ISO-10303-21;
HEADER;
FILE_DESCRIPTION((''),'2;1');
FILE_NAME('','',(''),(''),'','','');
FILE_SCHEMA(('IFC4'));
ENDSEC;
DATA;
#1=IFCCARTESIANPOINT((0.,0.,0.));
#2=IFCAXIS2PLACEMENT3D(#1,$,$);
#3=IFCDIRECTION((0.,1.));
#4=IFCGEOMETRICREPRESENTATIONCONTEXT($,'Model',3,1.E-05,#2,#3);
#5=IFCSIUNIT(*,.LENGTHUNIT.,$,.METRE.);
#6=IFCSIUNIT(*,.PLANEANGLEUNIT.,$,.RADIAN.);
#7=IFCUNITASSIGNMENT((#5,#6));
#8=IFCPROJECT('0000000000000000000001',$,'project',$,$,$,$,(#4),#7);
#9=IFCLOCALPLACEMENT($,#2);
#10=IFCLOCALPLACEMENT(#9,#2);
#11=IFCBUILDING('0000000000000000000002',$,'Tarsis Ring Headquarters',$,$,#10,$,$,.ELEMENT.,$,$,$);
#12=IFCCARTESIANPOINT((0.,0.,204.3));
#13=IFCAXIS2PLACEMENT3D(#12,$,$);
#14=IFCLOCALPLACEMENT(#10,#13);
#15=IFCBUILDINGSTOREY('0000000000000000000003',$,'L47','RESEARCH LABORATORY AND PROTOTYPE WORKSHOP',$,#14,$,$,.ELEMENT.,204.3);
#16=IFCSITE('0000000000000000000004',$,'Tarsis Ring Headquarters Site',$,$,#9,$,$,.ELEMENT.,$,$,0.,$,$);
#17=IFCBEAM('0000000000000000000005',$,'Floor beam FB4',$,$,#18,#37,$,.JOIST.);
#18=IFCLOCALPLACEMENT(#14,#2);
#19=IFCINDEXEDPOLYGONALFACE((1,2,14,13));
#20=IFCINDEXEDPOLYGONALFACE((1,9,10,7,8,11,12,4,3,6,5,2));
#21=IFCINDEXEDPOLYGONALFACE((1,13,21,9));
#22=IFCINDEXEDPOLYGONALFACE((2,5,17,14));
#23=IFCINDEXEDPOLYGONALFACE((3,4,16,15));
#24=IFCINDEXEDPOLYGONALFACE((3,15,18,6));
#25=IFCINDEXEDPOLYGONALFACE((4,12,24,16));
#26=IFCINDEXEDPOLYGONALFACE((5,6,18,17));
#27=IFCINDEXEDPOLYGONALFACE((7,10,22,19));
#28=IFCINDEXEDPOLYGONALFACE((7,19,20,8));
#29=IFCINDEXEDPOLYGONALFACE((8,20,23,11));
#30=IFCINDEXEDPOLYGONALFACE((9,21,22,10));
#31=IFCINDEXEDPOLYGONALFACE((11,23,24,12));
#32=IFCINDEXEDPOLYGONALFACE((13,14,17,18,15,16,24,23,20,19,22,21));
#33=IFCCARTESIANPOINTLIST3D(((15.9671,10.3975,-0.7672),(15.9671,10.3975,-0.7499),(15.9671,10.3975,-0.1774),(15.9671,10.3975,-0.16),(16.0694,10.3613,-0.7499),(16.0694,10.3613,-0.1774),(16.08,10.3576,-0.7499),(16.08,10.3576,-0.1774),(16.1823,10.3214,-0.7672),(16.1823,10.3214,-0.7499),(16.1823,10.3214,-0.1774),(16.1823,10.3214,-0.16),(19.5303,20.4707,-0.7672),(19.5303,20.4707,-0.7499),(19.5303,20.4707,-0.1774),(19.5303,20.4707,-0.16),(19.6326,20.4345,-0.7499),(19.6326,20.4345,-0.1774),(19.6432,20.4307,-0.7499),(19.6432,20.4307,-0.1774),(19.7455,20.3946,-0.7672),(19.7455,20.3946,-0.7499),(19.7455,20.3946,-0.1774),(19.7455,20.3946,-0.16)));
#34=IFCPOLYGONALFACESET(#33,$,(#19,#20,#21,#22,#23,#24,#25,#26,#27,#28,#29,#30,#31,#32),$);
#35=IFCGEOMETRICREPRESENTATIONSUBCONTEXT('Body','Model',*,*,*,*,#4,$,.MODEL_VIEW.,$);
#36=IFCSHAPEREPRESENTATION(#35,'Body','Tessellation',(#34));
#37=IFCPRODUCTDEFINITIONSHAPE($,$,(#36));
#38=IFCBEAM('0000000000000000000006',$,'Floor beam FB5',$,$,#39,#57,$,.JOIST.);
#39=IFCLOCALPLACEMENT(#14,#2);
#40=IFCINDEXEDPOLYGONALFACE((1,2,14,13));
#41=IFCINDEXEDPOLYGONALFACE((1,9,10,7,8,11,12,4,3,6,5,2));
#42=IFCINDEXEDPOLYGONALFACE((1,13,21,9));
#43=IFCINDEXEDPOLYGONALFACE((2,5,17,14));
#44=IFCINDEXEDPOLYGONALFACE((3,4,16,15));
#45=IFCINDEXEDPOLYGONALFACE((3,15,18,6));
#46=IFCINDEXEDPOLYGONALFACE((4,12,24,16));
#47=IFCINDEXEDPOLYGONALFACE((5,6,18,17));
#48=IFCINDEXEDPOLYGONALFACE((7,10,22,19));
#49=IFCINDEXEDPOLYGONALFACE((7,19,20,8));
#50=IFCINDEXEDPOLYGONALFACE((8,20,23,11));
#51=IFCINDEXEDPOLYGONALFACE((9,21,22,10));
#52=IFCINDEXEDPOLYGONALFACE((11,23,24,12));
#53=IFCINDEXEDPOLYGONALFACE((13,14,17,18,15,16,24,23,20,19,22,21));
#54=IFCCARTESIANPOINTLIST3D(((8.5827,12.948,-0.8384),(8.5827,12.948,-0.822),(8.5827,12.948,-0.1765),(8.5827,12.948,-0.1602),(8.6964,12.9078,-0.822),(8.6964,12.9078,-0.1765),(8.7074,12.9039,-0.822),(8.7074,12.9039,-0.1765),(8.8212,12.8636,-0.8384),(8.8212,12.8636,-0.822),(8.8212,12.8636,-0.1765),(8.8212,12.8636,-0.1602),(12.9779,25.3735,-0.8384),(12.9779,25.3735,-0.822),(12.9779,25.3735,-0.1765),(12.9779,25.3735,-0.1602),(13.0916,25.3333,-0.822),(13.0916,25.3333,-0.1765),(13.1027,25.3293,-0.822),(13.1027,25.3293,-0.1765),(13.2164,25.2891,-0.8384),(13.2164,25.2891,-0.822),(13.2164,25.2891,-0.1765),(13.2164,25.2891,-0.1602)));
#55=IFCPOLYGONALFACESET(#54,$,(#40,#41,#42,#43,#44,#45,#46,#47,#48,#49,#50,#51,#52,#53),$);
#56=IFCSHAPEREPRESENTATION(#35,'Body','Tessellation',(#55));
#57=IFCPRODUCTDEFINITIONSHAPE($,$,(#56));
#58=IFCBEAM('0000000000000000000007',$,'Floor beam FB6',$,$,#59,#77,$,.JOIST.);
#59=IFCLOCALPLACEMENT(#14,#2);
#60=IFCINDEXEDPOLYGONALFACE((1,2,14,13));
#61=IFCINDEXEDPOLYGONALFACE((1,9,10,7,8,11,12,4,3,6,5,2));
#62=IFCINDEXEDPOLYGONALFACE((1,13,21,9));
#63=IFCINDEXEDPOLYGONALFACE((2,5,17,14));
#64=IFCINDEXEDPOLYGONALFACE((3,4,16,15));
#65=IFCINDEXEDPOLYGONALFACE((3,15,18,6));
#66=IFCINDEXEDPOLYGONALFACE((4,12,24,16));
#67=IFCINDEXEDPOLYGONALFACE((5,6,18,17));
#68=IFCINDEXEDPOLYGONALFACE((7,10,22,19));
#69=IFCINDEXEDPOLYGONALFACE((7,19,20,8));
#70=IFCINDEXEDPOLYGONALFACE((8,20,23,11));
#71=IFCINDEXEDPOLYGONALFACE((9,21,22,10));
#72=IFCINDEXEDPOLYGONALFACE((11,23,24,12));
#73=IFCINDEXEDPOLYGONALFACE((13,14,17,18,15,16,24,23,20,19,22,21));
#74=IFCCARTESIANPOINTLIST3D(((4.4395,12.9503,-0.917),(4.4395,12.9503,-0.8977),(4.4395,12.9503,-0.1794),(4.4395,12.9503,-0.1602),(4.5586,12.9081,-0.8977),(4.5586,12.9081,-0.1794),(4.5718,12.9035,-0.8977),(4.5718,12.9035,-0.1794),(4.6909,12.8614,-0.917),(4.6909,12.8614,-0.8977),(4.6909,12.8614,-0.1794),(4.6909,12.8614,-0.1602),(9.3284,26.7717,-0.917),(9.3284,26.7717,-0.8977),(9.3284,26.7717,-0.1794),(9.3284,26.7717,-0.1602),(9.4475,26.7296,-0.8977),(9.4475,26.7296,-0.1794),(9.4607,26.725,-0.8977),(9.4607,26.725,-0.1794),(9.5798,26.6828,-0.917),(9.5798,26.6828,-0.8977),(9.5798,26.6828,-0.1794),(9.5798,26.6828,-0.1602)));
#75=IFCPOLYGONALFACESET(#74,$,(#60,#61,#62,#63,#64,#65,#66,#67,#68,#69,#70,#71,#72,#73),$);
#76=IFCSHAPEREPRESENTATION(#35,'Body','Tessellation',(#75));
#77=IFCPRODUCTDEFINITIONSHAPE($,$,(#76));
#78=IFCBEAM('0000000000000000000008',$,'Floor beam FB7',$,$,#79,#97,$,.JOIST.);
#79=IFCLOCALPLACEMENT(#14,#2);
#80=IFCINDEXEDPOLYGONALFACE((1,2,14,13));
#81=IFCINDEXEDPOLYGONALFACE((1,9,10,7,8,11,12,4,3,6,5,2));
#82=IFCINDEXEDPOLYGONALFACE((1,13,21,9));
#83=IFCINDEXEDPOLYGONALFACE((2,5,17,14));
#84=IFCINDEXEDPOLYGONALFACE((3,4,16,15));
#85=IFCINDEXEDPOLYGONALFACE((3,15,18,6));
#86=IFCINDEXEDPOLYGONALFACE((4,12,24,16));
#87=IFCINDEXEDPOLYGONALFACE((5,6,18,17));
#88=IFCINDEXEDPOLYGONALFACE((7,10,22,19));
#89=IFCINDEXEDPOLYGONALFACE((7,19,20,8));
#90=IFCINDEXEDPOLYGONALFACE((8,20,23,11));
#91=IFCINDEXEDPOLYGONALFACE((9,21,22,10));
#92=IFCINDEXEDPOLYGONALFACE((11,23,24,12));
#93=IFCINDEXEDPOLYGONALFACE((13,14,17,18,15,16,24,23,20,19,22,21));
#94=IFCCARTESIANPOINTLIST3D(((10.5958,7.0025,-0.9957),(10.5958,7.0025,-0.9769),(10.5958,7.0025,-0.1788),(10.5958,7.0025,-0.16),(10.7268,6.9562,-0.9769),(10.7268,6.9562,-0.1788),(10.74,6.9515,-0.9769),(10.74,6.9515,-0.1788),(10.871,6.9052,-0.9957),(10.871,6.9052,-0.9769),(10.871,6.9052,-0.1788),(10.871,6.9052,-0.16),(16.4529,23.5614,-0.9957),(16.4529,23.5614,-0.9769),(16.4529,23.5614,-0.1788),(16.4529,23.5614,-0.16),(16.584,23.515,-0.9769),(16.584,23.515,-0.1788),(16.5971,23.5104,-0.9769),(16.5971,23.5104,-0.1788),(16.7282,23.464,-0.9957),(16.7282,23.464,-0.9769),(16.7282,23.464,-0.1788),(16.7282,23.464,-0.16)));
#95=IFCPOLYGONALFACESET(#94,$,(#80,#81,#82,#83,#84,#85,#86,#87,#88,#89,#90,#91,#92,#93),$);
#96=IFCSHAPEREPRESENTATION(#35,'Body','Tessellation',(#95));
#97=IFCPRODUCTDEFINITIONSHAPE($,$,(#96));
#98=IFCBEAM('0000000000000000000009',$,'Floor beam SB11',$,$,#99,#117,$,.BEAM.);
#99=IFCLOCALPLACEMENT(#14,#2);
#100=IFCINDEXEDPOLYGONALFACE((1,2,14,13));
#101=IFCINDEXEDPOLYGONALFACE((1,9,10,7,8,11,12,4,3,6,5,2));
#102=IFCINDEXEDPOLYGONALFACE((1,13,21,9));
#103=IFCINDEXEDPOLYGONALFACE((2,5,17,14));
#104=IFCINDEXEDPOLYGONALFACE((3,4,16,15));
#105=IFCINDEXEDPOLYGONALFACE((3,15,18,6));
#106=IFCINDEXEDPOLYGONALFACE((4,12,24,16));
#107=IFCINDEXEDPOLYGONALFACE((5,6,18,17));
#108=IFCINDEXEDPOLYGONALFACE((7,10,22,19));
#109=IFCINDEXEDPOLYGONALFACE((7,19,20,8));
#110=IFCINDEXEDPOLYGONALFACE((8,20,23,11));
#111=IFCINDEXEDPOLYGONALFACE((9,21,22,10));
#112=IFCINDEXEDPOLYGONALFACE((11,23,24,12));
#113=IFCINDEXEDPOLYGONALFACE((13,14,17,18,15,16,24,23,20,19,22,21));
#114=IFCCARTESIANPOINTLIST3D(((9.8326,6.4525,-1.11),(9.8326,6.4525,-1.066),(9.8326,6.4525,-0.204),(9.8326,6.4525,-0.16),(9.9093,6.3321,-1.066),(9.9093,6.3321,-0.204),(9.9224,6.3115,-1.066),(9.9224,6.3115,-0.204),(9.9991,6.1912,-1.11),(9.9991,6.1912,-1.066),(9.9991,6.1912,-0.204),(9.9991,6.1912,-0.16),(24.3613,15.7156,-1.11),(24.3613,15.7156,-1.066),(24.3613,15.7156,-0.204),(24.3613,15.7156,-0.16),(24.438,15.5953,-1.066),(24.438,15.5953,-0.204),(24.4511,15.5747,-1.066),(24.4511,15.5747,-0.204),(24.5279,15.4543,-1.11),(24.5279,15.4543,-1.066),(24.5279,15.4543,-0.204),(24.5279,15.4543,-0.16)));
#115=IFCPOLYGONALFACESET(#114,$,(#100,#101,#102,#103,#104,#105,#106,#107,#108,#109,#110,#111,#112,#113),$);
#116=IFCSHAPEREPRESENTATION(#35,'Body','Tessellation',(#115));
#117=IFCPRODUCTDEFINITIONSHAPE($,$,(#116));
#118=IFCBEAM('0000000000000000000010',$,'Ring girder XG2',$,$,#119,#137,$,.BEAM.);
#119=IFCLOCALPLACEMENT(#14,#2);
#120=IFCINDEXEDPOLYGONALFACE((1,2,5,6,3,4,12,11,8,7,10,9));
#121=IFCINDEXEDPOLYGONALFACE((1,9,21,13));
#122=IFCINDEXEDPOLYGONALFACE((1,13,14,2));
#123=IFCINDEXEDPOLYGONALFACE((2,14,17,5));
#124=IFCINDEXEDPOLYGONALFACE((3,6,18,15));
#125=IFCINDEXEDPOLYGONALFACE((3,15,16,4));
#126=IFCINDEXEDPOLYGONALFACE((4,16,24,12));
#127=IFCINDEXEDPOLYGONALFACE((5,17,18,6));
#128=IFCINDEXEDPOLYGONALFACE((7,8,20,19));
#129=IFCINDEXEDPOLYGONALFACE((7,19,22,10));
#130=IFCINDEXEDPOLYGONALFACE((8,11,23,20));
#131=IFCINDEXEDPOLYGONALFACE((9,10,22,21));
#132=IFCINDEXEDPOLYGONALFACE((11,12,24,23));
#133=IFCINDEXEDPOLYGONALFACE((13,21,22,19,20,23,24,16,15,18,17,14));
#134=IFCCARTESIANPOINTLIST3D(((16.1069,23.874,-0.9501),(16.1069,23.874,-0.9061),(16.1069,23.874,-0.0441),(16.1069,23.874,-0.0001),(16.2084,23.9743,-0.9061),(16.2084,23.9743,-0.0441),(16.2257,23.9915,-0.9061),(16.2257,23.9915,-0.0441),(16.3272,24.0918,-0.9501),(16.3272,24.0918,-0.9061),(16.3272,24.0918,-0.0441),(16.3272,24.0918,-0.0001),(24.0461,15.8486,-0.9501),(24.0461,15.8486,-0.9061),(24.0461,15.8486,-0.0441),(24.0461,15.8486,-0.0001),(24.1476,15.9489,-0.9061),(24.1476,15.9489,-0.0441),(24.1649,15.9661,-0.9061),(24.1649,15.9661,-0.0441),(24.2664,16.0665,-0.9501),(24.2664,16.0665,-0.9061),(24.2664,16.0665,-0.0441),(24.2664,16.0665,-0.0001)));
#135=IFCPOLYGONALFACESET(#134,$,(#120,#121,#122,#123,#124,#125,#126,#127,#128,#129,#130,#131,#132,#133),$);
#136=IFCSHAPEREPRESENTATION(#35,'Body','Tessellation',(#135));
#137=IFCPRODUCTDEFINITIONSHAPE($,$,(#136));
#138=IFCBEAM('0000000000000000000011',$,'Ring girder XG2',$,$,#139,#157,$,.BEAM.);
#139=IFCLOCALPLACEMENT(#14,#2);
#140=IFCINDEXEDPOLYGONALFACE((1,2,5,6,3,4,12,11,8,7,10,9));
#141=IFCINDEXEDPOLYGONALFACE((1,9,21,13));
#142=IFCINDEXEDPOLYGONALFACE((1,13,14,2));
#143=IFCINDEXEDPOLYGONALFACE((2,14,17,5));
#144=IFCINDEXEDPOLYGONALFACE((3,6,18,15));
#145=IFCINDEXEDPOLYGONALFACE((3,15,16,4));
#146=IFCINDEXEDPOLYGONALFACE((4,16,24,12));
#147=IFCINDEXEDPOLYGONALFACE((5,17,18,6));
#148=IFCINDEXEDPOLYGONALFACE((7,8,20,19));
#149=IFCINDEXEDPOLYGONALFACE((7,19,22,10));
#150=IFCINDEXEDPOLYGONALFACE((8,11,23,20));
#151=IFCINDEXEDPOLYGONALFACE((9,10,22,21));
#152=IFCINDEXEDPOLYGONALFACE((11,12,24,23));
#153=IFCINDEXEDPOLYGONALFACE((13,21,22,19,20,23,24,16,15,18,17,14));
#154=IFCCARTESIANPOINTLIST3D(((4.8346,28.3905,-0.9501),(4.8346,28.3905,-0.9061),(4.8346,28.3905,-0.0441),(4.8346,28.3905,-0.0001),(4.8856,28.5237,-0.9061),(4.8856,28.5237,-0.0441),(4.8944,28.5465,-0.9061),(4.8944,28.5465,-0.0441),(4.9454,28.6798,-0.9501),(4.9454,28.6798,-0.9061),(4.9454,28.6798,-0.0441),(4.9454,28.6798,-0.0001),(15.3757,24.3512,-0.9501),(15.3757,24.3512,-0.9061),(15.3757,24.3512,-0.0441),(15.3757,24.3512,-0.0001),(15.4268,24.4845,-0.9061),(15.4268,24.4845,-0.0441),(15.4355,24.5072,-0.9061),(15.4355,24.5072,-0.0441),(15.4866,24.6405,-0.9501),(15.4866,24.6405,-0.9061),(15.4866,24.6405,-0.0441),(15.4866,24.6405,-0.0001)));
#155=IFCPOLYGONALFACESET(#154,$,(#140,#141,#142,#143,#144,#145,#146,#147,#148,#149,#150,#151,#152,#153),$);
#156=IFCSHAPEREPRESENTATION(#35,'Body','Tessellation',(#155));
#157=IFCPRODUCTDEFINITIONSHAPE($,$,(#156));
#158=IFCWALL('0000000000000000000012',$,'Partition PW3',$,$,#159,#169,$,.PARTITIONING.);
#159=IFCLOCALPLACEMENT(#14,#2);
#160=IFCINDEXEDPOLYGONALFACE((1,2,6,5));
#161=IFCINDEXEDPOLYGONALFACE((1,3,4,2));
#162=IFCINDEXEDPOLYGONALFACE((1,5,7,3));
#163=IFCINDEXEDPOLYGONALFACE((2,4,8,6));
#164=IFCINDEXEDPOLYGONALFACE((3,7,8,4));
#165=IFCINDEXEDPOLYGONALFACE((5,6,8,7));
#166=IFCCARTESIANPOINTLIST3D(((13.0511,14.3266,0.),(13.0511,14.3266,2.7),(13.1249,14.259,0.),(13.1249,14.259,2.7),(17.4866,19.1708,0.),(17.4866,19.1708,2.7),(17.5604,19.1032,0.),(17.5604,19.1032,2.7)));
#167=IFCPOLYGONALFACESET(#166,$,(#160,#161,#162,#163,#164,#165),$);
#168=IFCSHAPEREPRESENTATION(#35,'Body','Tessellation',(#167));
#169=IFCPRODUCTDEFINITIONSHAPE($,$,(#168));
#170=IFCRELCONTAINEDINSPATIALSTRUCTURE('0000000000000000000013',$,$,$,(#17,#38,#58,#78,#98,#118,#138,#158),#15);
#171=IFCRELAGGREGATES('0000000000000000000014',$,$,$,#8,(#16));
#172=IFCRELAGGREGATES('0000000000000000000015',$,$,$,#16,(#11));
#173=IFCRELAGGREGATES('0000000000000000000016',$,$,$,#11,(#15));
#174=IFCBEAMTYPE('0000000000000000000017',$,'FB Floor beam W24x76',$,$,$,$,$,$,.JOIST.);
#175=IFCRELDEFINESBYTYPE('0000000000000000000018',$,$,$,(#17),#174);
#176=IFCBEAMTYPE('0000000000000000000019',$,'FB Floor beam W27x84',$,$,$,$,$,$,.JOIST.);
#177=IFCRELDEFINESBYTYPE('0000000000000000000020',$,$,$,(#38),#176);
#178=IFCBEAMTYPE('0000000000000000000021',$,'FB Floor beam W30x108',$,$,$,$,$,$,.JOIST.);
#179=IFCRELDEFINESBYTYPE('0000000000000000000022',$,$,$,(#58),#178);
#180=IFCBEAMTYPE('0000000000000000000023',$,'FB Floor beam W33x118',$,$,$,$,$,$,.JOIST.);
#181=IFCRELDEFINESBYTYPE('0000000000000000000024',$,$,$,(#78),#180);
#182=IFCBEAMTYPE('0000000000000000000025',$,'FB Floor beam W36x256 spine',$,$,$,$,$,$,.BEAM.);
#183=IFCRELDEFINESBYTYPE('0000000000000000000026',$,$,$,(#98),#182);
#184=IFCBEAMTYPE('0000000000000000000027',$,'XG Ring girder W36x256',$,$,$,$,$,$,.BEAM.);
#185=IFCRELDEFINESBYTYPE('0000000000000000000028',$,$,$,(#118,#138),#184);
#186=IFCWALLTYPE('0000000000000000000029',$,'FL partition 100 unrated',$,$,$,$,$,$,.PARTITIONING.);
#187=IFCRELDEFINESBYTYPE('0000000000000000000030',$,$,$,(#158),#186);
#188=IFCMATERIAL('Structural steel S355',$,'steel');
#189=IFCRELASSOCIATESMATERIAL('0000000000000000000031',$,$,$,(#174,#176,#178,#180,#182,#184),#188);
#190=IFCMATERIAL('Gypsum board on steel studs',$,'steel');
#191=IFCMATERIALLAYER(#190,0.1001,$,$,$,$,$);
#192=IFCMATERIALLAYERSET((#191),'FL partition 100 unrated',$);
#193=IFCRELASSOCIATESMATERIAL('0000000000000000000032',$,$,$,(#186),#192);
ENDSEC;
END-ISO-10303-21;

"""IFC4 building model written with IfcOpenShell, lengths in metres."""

from ifc_helpers import new_model, si_unit, direction, frame, frame_2d, origin, origin_2d, place, context, subcontext, project, spatial, rectangle, i_section, extrude, material, layer, layer_set, material_profile, profile_set, type_object, element, save


model = new_model("IFC4")

# Units and contexts
model_context = context("Model", 3, precision=1e-05, world=origin(), true_north=direction((0.0, 1.0)))
body_context = subcontext(model_context, "Body", "Model", "MODEL_VIEW")
ifc_project = project(units=[si_unit("LENGTHUNIT", "METRE"), si_unit("PLANEANGLEUNIT", "RADIAN")], contexts=[model_context])

# Site, building, storey
site_placement = place(None, origin())
site = spatial("IfcSite", under=ifc_project, at=site_placement, Name="Tarsis Ring Headquarters Site", CompositionType="ELEMENT", RefElevation=0.0)
building_placement = place(site_placement, origin())
building = spatial("IfcBuilding", under=site, at=building_placement, Name="Tarsis Ring Headquarters", CompositionType="ELEMENT")
storey_placement = place(building_placement, frame((0.0, 0.0, 204.3)))
storey = spatial("IfcBuildingStorey", under=building, at=storey_placement, Name="L47", Description="RESEARCH LABORATORY AND PROTOTYPE WORKSHOP", CompositionType="ELEMENT", Elevation=204.3)

# Shared definitions
ifc_material_1 = material(Name="Structural steel S355", Category="steel")

# Beams
ifc_material_profile_1 = material_profile(ifc_material_1, i_section(OverallWidth=0.2283, OverallDepth=0.6072, WebThickness=0.0112, FlangeThickness=0.0173, at=origin_2d()), Name="W24x76")
ifc_profile_set_1 = profile_set([ifc_material_profile_1], Name="Structural steel S355")
beam_type_1 = type_object("IfcBeamType", Name="FB Floor beam W24x76", PredefinedType="JOIST", material=ifc_profile_set_1)
beam_1_placement = place(storey_placement, frame((19.6379, 20.4326, -0.4636), z_axis=(-0.333483, -0.942756, 0.0), x_axis=(0.942756, -0.333483, 0.0)))
element("IfcBeam", 1, at=beam_1_placement, inside=storey, type_object=beam_type_1, Name="Floor beam FB4", PredefinedType="JOIST", context=body_context, shape_type="SweptSolid", body=[
    extrude(i_section(OverallWidth=0.2283, OverallDepth=0.6072, WebThickness=0.0112, FlangeThickness=0.0173, at=origin_2d()), origin(), (0.0, 0.0, 1.0), 10.6848),
])
ifc_material_profile_2 = material_profile(ifc_material_1, i_section(OverallWidth=0.2529, OverallDepth=0.6782, WebThickness=0.0117, FlangeThickness=0.0164, at=origin_2d()), Name="W27x84")
ifc_profile_set_2 = profile_set([ifc_material_profile_2], Name="Structural steel S355")
beam_type_2 = type_object("IfcBeamType", Name="FB Floor beam W27x84", PredefinedType="JOIST", material=ifc_profile_set_2)
beam_2_placement = place(storey_placement, frame((13.0972, 25.3313, -0.4993), z_axis=(-0.33348, -0.942757, 0.0), x_axis=(0.942757, -0.33348, 0.0)))
element("IfcBeam", 2, at=beam_2_placement, inside=storey, type_object=beam_type_2, Name="Floor beam FB5", PredefinedType="JOIST", context=body_context, shape_type="SweptSolid", body=[
    extrude(i_section(OverallWidth=0.2529, OverallDepth=0.6782, WebThickness=0.0117, FlangeThickness=0.0164, at=origin_2d()), origin(), (0.0, 0.0, 1.0), 13.1799),
])
ifc_material_profile_3 = material_profile(ifc_material_1, i_section(OverallWidth=0.2666, OverallDepth=0.7568, WebThickness=0.0139, FlangeThickness=0.0193, at=origin_2d()), Name="W30x108")
ifc_profile_set_3 = profile_set([ifc_material_profile_3], Name="Structural steel S355")
beam_type_3 = type_object("IfcBeamType", Name="FB Floor beam W30x108", PredefinedType="JOIST", material=ifc_profile_set_3)
beam_3_placement = place(storey_placement, frame((9.4541, 26.7273, -0.5386), z_axis=(-0.333471, -0.94276, 0.0), x_axis=(0.94276, -0.333471, 0.0)))
element("IfcBeam", 3, at=beam_3_placement, inside=storey, type_object=beam_type_3, Name="Floor beam FB6", PredefinedType="JOIST", context=body_context, shape_type="SweptSolid", body=[
    extrude(i_section(OverallWidth=0.2666, OverallDepth=0.7568, WebThickness=0.0139, FlangeThickness=0.0193, at=origin_2d()), origin(), (0.0, 0.0, 1.0), 14.6606),
])
ifc_material_profile_4 = material_profile(ifc_material_1, i_section(OverallWidth=0.292, OverallDepth=0.8357, WebThickness=0.0139, FlangeThickness=0.0188, at=origin_2d()), Name="W33x118")
ifc_profile_set_4 = profile_set([ifc_material_profile_4], Name="Structural steel S355")
beam_type_4 = type_object("IfcBeamType", Name="FB Floor beam W33x118", PredefinedType="JOIST", material=ifc_profile_set_4)
beam_4_placement = place(storey_placement, frame((16.5906, 23.5127, -0.5779), z_axis=(-0.333472, -0.94276, 0.0), x_axis=(0.94276, -0.333472, 0.0)))
element("IfcBeam", 4, at=beam_4_placement, inside=storey, type_object=beam_type_4, Name="Floor beam FB7", PredefinedType="JOIST", context=body_context, shape_type="SweptSolid", body=[
    extrude(i_section(OverallWidth=0.292, OverallDepth=0.8357, WebThickness=0.0139, FlangeThickness=0.0188, at=origin_2d()), origin(), (0.0, 0.0, 1.0), 17.5642),
])
ifc_material_profile_5 = material_profile(ifc_material_1, i_section(OverallWidth=0.3098, OverallDepth=0.95, WebThickness=0.0244, FlangeThickness=0.0439, at=origin_2d()), Name="W36x256")
ifc_profile_set_5 = profile_set([ifc_material_profile_5], Name="Structural steel S355")
beam_type_5 = type_object("IfcBeamType", Name="FB Floor beam W36x256 spine", PredefinedType="BEAM", material=ifc_profile_set_5)
beam_5_placement = place(storey_placement, frame((24.4446, 15.585, -0.635), z_axis=(-0.843199, -0.537601, 0.0), x_axis=(0.537601, -0.843199, 0.0)))
element("IfcBeam", 5, at=beam_5_placement, inside=storey, type_object=beam_type_5, Name="Floor beam SB11", PredefinedType="BEAM", context=body_context, shape_type="SweptSolid", body=[
    extrude(i_section(OverallWidth=0.3098, OverallDepth=0.95, WebThickness=0.0244, FlangeThickness=0.0439, at=origin_2d()), origin(), (0.0, 0.0, 1.0), 17.2305),
])
beam_type_6 = type_object("IfcBeamType", Name="XG Ring girder W36x256", PredefinedType="BEAM", material=ifc_profile_set_5)
beam_6_placement = place(storey_placement, frame((24.1562, 15.9575, -0.4751), z_axis=(-0.703279, 0.710914, 0.0), x_axis=(-0.710914, -0.703279, 0.0)))
element("IfcBeam", 6, at=beam_6_placement, inside=storey, type_object=beam_type_6, Name="Ring girder XG2", PredefinedType="BEAM", context=body_context, shape_type="SweptSolid", body=[
    extrude(i_section(OverallWidth=0.3098, OverallDepth=0.95, WebThickness=0.0244, FlangeThickness=0.0439, at=origin_2d()), origin(), (0.0, 0.0, 1.0), 11.2888),
])
beam_7_placement = place(storey_placement, frame((15.4312, 24.4958, -0.4751), z_axis=(-0.933791, 0.357819, 0.0), x_axis=(-0.357819, -0.933791, 0.0)))
element("IfcBeam", 7, at=beam_7_placement, inside=storey, type_object=beam_type_6, Name="Ring girder XG2", PredefinedType="BEAM", context=body_context, shape_type="SweptSolid", body=[
    extrude(i_section(OverallWidth=0.3098, OverallDepth=0.95, WebThickness=0.0244, FlangeThickness=0.0439, at=origin_2d()), origin(), (0.0, 0.0, 1.0), 11.2886),
])

# Wall
ifc_material_2 = material(Name="Gypsum board on steel studs", Category="steel")
ifc_layer_1 = layer(ifc_material_2, 0.1001)
ifc_layer_set_1 = layer_set([ifc_layer_1], Name="FL partition 100 unrated")
wall_type_1 = type_object("IfcWallType", Name="FL partition 100 unrated", PredefinedType="PARTITIONING", material=ifc_layer_set_1)
wall_1_placement = place(storey_placement, frame((13.0879, 14.2927, 0.0), z_axis=(0.0, 0.0, 1.0), x_axis=(0.67531, 0.737534, 0.0)))
element("IfcWall", 8, at=wall_1_placement, inside=storey, type_object=wall_type_1, Name="Partition PW3", PredefinedType="PARTITIONING", context=body_context, shape_type="SweptSolid", body=[
    extrude(rectangle(XDim=6.5681, YDim=0.1001, at=frame_2d((3.2842, 0.0))), origin(), (0.0, 0.0, 1.0), 2.7),
])

save(model, "model.ifc")
